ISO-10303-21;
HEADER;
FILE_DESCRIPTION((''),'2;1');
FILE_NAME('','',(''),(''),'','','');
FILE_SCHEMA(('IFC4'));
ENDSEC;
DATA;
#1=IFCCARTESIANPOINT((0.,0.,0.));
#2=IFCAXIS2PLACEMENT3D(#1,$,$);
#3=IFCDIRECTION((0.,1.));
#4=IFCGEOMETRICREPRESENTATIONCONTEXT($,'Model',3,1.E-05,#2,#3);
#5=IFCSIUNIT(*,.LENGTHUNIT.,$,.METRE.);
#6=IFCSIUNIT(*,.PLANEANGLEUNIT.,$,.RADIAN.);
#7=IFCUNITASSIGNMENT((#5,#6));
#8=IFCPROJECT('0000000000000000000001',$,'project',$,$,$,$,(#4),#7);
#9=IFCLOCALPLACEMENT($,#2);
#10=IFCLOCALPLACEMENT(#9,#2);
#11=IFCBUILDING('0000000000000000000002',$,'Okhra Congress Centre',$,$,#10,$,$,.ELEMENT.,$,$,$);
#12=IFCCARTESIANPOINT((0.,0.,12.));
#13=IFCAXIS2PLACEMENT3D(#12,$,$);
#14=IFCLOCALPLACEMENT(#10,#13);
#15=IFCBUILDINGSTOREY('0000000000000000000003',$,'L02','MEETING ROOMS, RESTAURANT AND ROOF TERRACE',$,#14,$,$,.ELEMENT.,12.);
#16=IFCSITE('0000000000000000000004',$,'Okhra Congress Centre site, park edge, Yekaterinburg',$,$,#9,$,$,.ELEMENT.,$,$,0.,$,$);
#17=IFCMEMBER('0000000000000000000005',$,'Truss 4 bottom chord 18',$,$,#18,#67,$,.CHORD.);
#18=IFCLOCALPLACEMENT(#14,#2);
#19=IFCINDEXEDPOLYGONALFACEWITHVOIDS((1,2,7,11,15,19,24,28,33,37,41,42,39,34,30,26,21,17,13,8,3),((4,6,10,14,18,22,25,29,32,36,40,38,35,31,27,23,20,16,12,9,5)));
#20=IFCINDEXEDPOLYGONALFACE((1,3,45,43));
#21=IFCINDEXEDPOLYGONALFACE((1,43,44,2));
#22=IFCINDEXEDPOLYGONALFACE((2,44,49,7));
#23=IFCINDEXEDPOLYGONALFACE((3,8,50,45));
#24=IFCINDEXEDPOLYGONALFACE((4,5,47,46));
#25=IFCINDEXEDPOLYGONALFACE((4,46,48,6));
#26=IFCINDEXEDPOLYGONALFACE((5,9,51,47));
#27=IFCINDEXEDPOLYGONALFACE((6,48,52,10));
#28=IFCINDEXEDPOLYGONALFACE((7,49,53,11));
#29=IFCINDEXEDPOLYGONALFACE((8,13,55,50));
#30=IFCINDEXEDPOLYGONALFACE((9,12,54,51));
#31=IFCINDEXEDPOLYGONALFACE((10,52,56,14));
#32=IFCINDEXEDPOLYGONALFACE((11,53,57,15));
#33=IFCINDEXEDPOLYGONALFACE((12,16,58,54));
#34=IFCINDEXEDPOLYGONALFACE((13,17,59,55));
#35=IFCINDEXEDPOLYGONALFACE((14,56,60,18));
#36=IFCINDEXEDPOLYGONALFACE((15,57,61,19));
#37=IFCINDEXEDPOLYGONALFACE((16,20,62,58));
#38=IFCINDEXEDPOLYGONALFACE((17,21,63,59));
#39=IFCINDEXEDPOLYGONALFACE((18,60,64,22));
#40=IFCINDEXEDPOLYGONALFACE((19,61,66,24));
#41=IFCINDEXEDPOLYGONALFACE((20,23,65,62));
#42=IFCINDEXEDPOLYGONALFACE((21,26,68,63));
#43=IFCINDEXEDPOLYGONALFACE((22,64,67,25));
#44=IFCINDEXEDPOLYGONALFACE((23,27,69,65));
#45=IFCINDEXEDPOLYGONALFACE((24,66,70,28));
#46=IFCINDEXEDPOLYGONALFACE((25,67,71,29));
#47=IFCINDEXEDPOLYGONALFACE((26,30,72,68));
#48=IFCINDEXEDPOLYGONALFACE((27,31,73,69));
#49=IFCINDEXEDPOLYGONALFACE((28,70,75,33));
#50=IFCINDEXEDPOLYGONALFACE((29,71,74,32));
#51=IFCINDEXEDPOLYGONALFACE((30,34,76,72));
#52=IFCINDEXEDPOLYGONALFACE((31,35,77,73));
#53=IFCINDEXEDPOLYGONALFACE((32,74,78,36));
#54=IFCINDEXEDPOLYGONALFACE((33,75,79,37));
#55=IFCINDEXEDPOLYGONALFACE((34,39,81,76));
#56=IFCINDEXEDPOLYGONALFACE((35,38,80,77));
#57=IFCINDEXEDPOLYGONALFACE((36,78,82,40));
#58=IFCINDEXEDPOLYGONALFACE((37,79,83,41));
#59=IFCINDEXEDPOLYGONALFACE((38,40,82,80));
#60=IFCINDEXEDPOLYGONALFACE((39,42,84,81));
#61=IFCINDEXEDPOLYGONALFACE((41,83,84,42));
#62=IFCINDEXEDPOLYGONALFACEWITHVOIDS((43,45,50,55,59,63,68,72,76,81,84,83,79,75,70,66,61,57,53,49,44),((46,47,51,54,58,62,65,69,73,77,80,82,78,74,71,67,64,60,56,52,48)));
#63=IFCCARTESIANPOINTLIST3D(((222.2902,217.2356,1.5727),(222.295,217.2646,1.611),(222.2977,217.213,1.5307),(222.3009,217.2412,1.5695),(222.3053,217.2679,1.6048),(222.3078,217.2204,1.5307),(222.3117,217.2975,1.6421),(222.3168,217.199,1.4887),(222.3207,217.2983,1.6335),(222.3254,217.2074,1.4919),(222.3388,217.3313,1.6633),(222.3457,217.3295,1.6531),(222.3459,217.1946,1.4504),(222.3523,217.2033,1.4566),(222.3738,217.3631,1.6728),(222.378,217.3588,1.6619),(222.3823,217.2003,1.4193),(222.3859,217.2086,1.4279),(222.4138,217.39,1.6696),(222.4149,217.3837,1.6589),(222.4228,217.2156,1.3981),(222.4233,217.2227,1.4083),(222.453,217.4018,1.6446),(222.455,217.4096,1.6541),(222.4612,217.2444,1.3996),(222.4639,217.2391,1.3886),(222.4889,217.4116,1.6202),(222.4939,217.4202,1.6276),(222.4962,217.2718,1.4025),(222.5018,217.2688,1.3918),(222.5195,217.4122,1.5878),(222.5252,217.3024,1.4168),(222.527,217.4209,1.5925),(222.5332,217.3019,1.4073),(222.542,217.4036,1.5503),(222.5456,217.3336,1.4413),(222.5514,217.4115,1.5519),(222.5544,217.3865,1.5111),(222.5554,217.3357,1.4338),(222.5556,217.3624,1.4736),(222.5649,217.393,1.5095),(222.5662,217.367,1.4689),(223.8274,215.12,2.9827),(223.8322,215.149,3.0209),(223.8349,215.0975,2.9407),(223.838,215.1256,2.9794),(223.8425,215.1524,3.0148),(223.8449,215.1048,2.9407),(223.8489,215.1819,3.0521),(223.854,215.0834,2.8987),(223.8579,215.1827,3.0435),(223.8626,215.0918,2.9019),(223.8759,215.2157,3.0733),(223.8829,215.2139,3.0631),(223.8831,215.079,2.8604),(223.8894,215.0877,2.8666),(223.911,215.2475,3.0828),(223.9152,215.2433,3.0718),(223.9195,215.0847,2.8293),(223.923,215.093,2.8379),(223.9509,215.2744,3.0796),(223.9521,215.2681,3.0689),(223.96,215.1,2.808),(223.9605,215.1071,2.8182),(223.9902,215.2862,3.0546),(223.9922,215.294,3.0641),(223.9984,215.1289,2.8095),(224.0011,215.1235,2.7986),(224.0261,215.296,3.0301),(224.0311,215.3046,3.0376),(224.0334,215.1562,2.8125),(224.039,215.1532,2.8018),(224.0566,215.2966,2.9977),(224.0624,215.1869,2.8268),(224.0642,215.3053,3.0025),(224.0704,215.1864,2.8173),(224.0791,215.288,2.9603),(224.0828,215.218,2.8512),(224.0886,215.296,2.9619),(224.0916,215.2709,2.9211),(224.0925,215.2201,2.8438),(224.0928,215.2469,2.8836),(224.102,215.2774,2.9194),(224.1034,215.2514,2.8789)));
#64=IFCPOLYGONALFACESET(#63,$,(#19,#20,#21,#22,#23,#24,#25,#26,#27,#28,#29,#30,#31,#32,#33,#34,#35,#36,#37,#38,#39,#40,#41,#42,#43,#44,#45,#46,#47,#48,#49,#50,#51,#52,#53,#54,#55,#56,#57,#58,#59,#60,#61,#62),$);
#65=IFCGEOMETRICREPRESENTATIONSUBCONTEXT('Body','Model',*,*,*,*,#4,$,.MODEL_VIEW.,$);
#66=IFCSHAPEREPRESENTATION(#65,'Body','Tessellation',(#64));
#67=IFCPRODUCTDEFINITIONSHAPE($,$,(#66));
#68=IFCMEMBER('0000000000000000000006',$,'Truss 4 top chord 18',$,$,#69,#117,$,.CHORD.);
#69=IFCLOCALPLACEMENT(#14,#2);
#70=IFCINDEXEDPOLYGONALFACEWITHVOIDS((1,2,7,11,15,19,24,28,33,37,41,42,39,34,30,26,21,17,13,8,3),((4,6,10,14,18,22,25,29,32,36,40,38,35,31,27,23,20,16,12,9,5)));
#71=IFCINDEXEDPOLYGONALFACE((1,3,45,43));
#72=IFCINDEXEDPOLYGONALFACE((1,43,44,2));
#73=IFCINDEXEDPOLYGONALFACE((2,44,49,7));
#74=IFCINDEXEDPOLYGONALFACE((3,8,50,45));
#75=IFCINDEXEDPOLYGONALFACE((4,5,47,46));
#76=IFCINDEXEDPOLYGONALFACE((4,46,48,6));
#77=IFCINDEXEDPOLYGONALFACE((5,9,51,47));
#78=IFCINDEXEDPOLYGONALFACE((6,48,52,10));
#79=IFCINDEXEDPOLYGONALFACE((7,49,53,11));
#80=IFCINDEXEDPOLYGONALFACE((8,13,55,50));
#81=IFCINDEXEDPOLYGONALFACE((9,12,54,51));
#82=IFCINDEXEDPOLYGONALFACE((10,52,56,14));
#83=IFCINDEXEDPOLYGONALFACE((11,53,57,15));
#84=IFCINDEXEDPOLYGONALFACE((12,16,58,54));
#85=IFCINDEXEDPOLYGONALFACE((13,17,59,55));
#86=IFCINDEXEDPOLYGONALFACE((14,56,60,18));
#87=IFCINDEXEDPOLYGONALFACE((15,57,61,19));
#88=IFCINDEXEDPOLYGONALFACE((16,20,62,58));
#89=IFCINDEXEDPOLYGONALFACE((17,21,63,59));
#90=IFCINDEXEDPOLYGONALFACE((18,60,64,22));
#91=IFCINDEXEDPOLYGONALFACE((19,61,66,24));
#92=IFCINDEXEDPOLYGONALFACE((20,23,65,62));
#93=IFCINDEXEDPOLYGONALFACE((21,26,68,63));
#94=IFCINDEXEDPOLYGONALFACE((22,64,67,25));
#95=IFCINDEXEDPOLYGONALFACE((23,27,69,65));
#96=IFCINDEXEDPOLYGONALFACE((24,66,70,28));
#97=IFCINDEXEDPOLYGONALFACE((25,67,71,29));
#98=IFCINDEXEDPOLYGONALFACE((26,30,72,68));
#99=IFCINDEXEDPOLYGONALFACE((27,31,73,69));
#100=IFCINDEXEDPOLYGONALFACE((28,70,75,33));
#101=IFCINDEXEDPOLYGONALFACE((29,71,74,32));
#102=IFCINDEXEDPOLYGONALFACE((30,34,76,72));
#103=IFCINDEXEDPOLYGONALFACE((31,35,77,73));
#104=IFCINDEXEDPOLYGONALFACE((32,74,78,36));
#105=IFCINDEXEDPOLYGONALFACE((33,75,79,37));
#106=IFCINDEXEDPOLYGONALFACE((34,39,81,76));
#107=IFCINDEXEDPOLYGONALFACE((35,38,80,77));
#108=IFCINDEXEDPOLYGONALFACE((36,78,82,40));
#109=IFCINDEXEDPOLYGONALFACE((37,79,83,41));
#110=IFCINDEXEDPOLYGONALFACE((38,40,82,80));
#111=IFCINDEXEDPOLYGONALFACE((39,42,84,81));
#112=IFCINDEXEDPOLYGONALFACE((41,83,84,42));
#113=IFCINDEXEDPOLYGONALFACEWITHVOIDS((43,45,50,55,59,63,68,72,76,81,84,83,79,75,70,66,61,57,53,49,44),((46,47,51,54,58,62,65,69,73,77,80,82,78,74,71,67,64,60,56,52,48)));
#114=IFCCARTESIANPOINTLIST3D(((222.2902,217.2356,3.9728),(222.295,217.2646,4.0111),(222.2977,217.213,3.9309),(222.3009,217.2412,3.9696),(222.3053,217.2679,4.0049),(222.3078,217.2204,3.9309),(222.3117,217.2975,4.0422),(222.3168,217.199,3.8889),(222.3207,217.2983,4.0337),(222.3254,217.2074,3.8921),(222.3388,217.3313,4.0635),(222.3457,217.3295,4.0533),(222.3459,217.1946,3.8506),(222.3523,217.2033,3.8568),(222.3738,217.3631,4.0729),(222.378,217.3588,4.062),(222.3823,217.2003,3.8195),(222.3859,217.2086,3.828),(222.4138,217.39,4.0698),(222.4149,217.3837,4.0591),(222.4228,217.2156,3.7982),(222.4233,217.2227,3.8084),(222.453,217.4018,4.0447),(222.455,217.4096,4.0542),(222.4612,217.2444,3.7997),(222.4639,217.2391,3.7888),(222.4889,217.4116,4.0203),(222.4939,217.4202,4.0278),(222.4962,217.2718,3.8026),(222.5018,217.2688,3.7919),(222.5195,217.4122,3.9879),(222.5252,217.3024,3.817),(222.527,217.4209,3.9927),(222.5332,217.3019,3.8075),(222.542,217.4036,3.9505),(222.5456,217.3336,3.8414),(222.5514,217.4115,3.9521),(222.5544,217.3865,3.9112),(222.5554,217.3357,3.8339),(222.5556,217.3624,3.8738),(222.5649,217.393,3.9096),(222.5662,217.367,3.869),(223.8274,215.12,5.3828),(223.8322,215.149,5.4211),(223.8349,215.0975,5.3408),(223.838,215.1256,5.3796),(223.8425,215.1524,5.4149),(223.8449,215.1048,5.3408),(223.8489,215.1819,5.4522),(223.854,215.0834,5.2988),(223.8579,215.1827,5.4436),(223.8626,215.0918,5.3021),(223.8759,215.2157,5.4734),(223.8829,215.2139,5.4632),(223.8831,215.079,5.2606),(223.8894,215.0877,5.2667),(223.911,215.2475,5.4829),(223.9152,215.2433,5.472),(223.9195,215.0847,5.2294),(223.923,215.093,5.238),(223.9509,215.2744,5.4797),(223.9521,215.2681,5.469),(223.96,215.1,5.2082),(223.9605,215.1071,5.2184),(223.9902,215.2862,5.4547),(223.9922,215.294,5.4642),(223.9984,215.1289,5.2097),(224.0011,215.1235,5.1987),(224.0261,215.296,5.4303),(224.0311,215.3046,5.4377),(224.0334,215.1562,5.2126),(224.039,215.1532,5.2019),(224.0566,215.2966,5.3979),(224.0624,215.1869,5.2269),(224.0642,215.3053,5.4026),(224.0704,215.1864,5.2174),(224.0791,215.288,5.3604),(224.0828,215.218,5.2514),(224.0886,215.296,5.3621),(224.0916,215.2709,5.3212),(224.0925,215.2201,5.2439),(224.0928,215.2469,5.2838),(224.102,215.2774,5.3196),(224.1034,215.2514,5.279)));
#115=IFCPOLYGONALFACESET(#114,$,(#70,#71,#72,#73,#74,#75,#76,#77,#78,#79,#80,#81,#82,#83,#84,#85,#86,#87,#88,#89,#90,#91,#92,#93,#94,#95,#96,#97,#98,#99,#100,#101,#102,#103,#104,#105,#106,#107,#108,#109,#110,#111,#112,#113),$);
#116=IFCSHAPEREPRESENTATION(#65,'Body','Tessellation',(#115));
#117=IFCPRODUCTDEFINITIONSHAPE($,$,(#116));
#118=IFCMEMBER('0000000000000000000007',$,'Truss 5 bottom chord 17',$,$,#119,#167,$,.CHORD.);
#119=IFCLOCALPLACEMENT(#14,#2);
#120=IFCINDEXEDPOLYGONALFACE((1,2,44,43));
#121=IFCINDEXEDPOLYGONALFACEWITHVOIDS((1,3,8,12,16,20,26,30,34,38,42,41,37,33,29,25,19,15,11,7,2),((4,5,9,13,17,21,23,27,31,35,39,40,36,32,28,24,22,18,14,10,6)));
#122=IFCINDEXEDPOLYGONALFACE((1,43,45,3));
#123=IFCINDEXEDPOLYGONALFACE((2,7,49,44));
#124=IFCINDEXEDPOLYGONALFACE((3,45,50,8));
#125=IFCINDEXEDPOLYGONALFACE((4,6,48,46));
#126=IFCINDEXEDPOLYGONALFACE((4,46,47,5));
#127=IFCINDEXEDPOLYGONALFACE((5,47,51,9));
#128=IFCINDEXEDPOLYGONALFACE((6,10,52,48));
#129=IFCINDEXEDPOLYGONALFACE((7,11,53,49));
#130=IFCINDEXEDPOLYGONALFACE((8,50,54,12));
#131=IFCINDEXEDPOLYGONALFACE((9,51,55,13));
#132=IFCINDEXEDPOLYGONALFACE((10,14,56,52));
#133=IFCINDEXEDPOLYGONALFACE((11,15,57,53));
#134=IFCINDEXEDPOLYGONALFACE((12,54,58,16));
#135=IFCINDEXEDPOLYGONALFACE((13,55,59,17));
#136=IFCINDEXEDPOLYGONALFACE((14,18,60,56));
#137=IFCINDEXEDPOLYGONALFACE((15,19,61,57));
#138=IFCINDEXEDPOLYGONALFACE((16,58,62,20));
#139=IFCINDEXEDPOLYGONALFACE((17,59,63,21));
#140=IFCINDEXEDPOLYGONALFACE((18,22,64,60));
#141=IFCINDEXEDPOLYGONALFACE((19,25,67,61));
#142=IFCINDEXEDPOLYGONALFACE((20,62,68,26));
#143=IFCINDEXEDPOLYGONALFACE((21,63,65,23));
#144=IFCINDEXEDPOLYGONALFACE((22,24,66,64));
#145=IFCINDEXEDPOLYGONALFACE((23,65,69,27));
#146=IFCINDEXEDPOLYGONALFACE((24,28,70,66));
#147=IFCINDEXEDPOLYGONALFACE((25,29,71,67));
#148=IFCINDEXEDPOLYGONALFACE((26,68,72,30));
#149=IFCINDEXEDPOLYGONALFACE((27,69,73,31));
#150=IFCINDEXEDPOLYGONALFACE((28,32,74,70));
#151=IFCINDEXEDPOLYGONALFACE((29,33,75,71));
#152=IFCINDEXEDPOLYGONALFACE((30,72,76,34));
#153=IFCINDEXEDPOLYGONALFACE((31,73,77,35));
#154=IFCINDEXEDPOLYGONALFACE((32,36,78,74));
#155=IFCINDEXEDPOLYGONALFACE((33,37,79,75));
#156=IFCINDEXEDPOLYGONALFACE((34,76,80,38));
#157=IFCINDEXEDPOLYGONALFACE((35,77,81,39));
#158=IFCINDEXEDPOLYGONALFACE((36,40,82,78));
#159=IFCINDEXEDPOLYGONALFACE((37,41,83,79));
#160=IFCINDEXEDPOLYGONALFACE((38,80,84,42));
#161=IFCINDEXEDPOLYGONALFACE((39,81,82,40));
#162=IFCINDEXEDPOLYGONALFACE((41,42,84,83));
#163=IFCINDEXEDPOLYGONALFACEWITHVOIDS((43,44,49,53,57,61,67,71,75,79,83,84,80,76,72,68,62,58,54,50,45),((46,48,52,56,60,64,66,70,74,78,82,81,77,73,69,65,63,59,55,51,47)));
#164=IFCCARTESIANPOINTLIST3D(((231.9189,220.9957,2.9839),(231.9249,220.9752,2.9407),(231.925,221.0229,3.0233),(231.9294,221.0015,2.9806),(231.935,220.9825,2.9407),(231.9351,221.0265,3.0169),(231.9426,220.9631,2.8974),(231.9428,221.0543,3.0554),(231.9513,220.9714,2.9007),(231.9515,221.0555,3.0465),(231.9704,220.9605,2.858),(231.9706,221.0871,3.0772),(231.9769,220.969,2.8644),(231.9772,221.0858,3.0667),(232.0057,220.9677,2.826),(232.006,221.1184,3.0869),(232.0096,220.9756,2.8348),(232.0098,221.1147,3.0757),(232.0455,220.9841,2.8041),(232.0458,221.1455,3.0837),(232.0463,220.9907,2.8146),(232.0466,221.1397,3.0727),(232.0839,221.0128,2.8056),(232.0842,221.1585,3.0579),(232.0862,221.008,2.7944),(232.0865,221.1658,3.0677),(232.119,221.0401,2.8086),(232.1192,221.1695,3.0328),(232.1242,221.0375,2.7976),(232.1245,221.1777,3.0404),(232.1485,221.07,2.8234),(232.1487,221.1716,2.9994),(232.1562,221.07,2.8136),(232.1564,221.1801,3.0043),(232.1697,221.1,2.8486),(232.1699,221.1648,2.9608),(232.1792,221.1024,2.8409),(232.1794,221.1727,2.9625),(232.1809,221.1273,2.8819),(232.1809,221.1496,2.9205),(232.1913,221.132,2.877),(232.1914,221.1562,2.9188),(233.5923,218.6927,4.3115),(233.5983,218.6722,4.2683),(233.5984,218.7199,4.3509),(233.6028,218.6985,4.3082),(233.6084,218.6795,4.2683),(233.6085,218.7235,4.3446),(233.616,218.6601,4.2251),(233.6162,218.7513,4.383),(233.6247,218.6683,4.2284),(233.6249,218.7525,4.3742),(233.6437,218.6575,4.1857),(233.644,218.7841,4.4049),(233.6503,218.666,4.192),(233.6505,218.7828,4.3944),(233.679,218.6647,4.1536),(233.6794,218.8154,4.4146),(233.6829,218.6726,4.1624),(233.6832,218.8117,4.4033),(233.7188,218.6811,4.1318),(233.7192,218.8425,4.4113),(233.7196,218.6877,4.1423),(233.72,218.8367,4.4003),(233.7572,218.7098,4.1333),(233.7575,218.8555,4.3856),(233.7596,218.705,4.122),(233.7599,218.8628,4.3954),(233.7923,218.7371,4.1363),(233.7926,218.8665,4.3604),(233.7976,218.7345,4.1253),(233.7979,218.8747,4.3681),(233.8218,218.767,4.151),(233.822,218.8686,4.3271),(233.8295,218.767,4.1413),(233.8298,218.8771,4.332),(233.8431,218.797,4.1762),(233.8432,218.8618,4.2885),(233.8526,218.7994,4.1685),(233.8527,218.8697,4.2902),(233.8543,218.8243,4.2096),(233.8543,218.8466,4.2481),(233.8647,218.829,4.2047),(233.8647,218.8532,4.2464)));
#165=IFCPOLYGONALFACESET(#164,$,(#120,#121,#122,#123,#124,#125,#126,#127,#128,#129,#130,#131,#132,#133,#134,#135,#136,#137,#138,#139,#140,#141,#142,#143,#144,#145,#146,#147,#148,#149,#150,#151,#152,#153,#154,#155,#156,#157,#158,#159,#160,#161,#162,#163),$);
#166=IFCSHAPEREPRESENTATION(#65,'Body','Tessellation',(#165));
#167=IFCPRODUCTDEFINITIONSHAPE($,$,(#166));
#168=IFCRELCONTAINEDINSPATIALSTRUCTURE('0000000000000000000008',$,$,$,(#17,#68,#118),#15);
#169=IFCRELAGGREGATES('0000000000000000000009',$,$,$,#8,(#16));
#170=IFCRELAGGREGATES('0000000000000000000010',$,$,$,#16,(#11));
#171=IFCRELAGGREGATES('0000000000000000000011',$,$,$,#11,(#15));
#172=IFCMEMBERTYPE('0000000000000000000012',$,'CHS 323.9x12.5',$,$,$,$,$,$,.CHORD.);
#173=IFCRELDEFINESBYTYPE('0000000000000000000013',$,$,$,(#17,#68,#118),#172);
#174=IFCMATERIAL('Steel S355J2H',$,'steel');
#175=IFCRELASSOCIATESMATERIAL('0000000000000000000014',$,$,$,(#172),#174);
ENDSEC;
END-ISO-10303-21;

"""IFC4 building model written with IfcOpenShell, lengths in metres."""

from ifc_helpers import new_model, si_unit, direction, frame, origin, origin_2d, place, context, subcontext, project, spatial, hollow_circle, extrude, material, material_profile, profile_set, type_object, element, save


model = new_model("IFC4")

# Units and contexts
model_context = context("Model", 3, precision=1e-05, world=origin(), true_north=direction((0.0, 1.0)))
body_context = subcontext(model_context, "Body", "Model", "MODEL_VIEW")
ifc_project = project(units=[si_unit("LENGTHUNIT", "METRE"), si_unit("PLANEANGLEUNIT", "RADIAN")], contexts=[model_context])

# Site, building, storey
site_placement = place(None, origin())
site = spatial("IfcSite", under=ifc_project, at=site_placement, Name="Okhra Congress Centre site, park edge, Yekaterinburg", CompositionType="ELEMENT", RefElevation=0.0)
building_placement = place(site_placement, origin())
building = spatial("IfcBuilding", under=site, at=building_placement, Name="Okhra Congress Centre", CompositionType="ELEMENT")
storey_placement = place(building_placement, frame((0.0, 0.0, 12.0)))
storey = spatial("IfcBuildingStorey", under=building, at=storey_placement, Name="L02", Description="MEETING ROOMS, RESTAURANT AND ROOF TERRACE", CompositionType="ELEMENT", Elevation=12.0)

# Shared definitions
ifc_material_1 = material(Name="Steel S355J2H", Category="steel")

# Members
ifc_material_profile_1 = material_profile(ifc_material_1, hollow_circle(Radius=0.1619, WallThickness=0.0125, at=origin_2d()), Name="CHS 323.9x12.5")
ifc_profile_set_1 = profile_set([ifc_material_profile_1], Name="Steel S355J2H")
member_type_1 = type_object("IfcMemberType", Name="CHS 323.9x12.5", PredefinedType="CHORD", material=ifc_profile_set_1)
for number, where, z_axis, x_axis, name in (
    (1, (223.9658, 215.1926, 2.9407), (-0.517401, 0.712084, -0.474586), (-0.808994, -0.587816, 0.0), "Truss 4 bottom chord 18"),
    (2, (223.9658, 215.1926, 5.3408), (-0.517401, 0.712084, -0.474586), (-0.808994, -0.587816, 0.0), "Truss 4 top chord 18"),
):
    element("IfcMember", number, at=place(storey_placement, frame(where, z_axis=z_axis, x_axis=x_axis)), inside=storey, type_object=member_type_1, Name=name, PredefinedType="CHORD", context=body_context, shape_type="SweptSolid", body=[
        extrude(hollow_circle(Radius=0.1619, WallThickness=0.0125, at=origin_2d()), origin(), (0.0, 0.0, 1.0), 2.9709),
    ])
member_1_placement = place(storey_placement, frame((233.7292, 218.7673, 4.2683), z_axis=(-0.532727, 0.73318, -0.422669), x_axis=(-0.808996, -0.587815, 0.0)))
element("IfcMember", 3, at=member_1_placement, inside=storey, type_object=member_type_1, Name="Truss 5 bottom chord 17", PredefinedType="CHORD", context=body_context, shape_type="SweptSolid", body=[
    extrude(hollow_circle(Radius=0.1619, WallThickness=0.0125, at=origin_2d()), origin(), (0.0, 0.0, 1.0), 3.1411),
])

save(model, "model.ifc")
